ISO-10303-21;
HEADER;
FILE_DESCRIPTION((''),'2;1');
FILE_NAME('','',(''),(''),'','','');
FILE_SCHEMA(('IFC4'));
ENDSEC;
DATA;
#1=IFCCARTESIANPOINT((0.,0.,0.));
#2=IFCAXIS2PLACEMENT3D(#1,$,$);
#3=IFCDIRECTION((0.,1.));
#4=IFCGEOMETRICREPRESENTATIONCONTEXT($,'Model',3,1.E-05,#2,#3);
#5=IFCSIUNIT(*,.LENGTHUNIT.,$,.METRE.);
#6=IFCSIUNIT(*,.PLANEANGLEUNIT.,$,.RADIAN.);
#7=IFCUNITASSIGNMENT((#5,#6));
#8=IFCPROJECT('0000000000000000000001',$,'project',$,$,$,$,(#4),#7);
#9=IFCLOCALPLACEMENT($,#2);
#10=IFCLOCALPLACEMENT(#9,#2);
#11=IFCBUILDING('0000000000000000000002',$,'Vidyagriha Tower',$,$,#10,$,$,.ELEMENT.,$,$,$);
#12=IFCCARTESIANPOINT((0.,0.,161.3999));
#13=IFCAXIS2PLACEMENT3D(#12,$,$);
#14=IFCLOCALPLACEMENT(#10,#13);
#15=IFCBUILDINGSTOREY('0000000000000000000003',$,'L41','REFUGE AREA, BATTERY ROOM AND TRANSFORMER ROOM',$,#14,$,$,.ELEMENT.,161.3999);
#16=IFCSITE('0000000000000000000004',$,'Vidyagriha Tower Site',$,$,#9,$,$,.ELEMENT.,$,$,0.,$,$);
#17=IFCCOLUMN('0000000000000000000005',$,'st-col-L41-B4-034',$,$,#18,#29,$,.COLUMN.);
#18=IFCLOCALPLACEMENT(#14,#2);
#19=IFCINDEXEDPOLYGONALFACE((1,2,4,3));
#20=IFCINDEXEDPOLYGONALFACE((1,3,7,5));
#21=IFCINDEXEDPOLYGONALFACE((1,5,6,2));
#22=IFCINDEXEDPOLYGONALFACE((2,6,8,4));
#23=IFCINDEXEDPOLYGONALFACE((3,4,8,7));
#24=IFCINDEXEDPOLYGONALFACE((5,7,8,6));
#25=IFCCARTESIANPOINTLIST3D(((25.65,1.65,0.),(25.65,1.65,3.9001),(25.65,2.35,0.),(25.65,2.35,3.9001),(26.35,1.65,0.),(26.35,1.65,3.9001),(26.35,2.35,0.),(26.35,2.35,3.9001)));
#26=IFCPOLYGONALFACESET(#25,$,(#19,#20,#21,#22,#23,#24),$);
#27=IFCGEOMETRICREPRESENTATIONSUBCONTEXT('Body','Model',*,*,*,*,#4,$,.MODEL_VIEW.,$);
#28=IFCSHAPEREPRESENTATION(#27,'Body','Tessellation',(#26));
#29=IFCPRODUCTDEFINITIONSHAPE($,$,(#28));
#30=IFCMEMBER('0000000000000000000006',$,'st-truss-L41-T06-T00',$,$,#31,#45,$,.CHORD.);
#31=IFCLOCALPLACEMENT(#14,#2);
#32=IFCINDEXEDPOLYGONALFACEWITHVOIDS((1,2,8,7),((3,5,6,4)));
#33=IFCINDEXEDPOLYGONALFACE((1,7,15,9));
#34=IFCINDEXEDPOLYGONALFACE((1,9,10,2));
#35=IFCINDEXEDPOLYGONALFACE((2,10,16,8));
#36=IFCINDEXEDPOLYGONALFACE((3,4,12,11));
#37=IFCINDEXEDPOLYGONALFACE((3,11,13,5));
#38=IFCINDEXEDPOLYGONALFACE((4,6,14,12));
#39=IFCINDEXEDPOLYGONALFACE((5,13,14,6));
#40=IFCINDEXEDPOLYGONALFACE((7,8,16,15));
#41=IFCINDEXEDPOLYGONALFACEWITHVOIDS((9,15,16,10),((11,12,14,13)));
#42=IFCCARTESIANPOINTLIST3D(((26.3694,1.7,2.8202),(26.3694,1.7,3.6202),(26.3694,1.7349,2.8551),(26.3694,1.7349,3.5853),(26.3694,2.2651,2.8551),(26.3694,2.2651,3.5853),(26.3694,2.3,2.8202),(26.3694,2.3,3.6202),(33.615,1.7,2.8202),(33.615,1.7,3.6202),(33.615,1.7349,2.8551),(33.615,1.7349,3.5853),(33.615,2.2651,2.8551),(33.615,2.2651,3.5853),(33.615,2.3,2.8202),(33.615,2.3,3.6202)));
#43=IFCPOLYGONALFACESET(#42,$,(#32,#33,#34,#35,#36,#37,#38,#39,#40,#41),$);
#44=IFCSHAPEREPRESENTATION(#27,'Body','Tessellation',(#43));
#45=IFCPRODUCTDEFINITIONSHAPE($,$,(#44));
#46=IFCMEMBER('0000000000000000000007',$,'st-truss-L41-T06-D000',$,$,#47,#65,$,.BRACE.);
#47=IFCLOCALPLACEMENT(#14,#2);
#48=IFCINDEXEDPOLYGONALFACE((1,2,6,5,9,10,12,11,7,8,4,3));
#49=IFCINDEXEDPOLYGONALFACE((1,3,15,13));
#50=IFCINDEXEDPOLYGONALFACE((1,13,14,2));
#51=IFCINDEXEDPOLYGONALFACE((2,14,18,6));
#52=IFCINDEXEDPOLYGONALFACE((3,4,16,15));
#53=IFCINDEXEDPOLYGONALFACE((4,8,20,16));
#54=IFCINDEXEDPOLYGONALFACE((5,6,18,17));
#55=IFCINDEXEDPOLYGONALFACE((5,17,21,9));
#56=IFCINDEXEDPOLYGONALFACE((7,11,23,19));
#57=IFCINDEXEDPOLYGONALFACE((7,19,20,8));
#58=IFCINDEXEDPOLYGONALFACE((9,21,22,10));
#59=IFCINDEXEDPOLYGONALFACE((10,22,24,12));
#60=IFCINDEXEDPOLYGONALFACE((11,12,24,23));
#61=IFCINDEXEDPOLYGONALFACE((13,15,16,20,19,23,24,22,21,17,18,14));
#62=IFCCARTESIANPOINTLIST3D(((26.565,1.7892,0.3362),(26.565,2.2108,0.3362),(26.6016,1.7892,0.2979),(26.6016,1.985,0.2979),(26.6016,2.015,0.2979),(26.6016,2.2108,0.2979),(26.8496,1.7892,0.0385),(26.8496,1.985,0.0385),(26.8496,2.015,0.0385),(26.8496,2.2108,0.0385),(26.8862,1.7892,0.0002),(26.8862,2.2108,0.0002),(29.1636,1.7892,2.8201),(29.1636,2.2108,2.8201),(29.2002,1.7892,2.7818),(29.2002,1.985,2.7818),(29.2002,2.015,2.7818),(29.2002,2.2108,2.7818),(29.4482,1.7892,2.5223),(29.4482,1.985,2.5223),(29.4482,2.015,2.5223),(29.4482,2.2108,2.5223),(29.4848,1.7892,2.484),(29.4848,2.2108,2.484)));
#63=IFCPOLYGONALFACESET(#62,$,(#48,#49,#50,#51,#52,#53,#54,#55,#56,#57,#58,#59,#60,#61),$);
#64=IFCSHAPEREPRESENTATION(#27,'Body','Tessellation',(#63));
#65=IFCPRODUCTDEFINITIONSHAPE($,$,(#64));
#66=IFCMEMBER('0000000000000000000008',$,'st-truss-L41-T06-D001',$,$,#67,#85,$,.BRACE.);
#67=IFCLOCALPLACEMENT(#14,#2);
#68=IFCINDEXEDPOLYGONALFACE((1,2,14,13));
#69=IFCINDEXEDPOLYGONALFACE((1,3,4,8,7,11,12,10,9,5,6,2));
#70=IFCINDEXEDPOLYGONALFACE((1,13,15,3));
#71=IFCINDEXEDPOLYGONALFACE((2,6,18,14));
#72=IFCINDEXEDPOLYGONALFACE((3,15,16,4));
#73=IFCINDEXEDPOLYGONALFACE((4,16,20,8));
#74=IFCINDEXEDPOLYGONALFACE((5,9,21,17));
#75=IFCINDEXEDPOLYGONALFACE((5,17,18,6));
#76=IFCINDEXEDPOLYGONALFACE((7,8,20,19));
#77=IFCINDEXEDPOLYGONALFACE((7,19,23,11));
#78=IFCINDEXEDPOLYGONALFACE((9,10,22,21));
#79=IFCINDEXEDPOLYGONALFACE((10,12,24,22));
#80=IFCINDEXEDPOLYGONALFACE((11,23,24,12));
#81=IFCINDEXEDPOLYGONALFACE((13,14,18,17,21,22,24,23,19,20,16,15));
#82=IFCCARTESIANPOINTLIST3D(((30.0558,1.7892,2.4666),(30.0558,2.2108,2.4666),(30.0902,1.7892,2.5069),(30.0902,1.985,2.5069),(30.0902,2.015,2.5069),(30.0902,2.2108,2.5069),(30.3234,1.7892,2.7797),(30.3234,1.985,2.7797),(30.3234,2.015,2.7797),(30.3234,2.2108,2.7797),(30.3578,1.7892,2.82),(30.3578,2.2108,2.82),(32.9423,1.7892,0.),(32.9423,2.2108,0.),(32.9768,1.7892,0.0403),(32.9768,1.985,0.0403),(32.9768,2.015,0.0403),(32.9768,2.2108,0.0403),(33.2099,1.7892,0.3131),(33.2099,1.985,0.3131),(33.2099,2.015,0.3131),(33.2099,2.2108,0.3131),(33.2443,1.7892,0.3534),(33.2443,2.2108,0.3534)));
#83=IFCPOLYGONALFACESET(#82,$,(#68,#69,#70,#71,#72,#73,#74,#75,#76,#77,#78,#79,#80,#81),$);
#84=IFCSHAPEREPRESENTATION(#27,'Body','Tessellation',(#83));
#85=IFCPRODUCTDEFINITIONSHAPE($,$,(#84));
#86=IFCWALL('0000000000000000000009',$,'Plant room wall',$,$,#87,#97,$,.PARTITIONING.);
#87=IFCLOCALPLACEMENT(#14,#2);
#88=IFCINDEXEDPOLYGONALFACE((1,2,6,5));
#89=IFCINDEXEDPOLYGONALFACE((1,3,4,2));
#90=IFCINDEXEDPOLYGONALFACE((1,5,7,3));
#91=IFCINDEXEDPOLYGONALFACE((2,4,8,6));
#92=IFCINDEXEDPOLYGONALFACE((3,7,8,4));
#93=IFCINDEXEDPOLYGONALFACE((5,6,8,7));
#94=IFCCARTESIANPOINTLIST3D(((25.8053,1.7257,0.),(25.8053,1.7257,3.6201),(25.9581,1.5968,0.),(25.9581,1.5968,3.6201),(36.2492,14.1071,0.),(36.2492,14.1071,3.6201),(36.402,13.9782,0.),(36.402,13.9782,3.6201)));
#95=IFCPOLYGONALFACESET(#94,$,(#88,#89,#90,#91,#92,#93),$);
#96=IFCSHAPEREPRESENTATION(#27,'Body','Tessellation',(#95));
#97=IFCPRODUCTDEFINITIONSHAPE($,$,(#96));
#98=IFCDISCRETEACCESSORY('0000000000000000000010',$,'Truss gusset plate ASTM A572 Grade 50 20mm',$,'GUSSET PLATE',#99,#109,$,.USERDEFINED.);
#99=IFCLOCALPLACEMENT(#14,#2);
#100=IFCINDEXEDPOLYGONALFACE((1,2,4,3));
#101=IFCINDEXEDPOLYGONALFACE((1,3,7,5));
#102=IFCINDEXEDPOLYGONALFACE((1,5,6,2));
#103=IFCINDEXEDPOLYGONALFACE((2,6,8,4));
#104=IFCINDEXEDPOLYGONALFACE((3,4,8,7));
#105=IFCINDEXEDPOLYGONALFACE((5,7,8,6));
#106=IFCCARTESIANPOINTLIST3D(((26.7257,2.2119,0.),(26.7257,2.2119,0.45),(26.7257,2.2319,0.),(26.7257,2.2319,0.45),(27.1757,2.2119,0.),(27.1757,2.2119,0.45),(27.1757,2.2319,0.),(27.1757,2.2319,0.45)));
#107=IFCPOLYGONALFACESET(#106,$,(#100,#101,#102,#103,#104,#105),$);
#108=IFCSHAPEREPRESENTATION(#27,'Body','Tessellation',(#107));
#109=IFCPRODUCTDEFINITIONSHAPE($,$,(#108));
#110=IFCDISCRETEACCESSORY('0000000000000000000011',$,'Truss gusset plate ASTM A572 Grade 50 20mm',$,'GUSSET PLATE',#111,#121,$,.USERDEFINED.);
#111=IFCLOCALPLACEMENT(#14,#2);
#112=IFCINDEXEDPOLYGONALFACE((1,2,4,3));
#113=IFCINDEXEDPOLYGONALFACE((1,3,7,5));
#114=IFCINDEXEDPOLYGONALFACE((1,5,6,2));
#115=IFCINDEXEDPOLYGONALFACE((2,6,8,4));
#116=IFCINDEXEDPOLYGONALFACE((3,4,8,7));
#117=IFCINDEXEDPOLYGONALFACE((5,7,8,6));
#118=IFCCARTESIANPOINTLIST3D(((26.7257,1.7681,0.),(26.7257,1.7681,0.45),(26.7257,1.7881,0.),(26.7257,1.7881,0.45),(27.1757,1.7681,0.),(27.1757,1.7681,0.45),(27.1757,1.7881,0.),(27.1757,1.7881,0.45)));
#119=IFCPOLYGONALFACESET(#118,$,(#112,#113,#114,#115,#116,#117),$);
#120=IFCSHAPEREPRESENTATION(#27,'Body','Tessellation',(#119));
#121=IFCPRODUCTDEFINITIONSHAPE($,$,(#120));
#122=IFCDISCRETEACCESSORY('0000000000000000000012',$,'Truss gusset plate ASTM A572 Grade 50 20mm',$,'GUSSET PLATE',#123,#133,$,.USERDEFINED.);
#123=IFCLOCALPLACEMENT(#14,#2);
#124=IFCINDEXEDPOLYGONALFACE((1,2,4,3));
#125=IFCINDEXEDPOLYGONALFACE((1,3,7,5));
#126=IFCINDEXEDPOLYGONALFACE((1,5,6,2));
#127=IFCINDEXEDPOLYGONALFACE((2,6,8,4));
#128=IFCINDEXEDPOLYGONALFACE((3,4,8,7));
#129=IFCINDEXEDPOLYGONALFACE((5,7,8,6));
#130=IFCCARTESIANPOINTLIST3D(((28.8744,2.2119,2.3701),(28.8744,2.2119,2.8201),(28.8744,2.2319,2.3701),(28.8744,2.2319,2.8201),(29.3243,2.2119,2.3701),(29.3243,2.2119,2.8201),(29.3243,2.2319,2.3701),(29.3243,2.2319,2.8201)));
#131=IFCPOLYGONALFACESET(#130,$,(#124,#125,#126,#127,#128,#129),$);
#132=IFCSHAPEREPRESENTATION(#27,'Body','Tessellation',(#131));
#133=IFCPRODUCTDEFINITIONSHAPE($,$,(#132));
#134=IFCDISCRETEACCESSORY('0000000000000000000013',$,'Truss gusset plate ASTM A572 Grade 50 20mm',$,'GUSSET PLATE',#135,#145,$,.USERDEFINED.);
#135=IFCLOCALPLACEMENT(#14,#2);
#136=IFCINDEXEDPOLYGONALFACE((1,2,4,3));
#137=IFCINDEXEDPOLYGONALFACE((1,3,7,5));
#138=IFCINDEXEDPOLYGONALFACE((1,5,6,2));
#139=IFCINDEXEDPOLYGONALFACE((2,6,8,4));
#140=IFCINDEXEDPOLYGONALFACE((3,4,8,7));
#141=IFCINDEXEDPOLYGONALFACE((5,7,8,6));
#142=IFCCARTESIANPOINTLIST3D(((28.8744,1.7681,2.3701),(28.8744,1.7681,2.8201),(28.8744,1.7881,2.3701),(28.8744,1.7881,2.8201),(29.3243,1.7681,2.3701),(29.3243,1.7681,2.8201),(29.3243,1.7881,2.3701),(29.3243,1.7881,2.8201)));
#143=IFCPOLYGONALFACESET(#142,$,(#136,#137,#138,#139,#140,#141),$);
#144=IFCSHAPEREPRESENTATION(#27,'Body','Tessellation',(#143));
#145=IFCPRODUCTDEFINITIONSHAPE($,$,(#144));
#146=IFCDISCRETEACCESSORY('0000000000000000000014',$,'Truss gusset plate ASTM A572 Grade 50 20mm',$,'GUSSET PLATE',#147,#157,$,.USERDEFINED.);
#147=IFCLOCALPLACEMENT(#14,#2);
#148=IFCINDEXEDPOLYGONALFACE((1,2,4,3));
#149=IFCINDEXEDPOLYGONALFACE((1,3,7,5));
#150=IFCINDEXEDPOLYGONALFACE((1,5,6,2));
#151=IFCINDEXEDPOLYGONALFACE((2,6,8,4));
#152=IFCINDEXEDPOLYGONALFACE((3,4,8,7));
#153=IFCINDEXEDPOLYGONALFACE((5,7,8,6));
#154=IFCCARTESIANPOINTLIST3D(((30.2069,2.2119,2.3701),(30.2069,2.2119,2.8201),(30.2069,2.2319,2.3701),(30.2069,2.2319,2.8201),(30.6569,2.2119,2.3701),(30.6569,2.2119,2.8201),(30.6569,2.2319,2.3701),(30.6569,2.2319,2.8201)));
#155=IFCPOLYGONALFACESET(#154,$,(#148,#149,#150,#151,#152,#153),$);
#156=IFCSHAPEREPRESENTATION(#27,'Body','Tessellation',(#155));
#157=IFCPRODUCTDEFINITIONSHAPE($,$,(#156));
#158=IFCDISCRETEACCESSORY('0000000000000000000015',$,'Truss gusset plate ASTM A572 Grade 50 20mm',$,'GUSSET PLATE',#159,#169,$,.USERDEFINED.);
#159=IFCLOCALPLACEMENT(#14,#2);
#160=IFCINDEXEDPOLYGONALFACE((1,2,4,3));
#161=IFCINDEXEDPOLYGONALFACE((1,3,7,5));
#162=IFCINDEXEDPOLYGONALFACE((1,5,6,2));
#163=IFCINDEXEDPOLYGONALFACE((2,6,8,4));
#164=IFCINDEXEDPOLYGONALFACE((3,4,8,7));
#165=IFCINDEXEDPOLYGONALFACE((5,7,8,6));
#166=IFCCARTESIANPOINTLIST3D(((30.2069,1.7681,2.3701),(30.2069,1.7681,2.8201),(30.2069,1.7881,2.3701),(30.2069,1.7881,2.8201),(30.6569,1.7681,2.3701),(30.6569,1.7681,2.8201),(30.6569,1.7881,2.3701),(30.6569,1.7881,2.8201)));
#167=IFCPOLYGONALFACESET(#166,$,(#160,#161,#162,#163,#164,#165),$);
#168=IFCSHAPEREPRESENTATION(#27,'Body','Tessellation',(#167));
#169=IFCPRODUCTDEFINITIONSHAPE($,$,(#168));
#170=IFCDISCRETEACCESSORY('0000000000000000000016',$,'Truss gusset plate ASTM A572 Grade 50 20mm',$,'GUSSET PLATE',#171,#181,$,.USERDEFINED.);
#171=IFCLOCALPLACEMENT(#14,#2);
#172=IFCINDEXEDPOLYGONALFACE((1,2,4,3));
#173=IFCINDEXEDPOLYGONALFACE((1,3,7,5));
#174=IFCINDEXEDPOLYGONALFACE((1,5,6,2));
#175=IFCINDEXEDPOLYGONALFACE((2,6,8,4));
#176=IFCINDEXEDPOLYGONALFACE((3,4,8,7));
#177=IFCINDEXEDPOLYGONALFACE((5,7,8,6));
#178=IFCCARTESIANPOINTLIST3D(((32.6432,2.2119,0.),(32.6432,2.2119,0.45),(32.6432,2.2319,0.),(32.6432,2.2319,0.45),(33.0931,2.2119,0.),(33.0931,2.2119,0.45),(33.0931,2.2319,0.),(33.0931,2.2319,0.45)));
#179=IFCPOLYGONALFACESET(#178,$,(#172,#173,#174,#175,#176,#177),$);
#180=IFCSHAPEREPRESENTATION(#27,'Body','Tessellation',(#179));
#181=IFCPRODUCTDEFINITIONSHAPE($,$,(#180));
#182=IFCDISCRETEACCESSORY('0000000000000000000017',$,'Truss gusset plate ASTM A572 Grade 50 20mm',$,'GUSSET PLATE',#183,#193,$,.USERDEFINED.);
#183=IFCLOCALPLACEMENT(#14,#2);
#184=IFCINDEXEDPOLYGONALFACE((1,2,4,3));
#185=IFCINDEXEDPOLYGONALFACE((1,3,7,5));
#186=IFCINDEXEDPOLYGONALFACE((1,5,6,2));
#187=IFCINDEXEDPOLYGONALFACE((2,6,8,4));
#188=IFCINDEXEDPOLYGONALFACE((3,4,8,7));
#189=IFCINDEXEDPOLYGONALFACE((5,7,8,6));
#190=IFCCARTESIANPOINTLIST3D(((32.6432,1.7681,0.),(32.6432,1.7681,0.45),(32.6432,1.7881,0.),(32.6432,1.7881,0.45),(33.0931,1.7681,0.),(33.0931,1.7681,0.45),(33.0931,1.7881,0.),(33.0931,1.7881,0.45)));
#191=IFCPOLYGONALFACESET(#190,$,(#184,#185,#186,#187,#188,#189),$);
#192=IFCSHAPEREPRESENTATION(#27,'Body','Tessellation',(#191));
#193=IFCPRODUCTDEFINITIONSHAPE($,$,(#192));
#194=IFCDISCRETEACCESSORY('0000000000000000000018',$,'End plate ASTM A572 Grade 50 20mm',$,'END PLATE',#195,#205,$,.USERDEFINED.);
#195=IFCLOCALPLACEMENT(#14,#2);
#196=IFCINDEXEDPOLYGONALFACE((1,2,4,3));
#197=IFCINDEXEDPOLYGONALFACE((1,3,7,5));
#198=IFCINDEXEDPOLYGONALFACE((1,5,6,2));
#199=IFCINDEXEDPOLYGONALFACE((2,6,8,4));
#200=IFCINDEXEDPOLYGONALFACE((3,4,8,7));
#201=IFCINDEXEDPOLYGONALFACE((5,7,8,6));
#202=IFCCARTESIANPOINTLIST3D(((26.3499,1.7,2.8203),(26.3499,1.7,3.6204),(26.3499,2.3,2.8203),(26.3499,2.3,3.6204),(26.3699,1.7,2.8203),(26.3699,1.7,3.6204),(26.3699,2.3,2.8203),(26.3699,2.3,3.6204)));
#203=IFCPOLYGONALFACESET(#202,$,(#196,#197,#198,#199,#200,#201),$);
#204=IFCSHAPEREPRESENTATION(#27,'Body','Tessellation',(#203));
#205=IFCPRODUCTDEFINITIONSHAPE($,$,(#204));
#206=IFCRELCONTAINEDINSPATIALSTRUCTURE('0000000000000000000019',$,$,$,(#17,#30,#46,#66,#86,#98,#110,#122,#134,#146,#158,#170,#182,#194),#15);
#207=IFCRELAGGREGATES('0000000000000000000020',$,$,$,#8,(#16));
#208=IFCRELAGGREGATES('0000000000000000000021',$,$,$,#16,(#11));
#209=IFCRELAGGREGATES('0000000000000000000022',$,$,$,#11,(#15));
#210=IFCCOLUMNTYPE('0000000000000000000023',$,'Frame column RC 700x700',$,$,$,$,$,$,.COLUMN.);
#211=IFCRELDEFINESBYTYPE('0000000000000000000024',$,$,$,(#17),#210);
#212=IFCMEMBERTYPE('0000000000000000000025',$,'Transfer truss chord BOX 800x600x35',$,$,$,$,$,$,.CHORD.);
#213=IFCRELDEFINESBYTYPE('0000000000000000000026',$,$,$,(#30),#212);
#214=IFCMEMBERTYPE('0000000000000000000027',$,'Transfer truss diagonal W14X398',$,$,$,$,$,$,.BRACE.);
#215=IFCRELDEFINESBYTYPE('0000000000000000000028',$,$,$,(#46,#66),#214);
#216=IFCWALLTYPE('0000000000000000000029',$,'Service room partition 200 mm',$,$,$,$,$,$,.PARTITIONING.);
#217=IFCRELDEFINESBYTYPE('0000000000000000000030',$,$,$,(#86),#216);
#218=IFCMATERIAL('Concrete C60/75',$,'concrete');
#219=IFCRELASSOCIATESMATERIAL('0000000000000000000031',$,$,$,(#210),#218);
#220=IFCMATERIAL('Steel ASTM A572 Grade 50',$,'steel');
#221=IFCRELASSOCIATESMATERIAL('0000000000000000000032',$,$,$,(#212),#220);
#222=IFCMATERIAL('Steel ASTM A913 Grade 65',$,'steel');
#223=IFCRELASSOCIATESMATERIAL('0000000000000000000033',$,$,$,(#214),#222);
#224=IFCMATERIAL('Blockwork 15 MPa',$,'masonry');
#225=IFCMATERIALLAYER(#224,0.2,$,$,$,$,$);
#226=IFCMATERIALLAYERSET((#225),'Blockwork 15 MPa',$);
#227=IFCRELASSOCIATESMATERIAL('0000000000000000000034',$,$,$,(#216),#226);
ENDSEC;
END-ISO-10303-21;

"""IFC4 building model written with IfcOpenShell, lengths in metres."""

from ifc_helpers import new_model, si_unit, direction, frame, frame_2d, origin, origin_2d, place, context, subcontext, project, spatial, rectangle, hollow_rectangle, i_section, extrude, material, layer, layer_set, material_profile, profile_set, type_object, element, save


model = new_model("IFC4")

# Units and contexts
model_context = context("Model", 3, precision=1e-05, world=origin(), true_north=direction((0.0, 1.0)))
body_context = subcontext(model_context, "Body", "Model", "MODEL_VIEW")
ifc_project = project(units=[si_unit("LENGTHUNIT", "METRE"), si_unit("PLANEANGLEUNIT", "RADIAN")], contexts=[model_context])

# Site, building, storey
site_placement = place(None, origin())
site = spatial("IfcSite", under=ifc_project, at=site_placement, Name="Vidyagriha Tower Site", CompositionType="ELEMENT", RefElevation=0.0)
building_placement = place(site_placement, origin())
building = spatial("IfcBuilding", under=site, at=building_placement, Name="Vidyagriha Tower", CompositionType="ELEMENT")
storey_placement = place(building_placement, frame((0.0, 0.0, 161.3999)))
storey = spatial("IfcBuildingStorey", under=building, at=storey_placement, Name="L41", Description="REFUGE AREA, BATTERY ROOM AND TRANSFORMER ROOM", CompositionType="ELEMENT", Elevation=161.3999)

# Column
ifc_material_1 = material(Name="Concrete C60/75", Category="concrete")
ifc_material_profile_1 = material_profile(ifc_material_1, rectangle(XDim=0.7, YDim=0.7, at=origin_2d()), Name="RC 700x700")
ifc_profile_set_1 = profile_set([ifc_material_profile_1], Name="Concrete C60/75")
column_type = type_object("IfcColumnType", Name="Frame column RC 700x700", PredefinedType="COLUMN", material=ifc_profile_set_1)
column_placement = place(storey_placement, frame((26.0, 2.0, 0.0)))
element("IfcColumn", 1, at=column_placement, inside=storey, type_object=column_type, Name="st-col-L41-B4-034", PredefinedType="COLUMN", context=body_context, shape_type="SweptSolid", body=[
    extrude(rectangle(XDim=0.7, YDim=0.7, at=origin_2d()), origin(), (0.0, 0.0, 1.0), 3.9001),
])

# Members
ifc_material_2 = material(Name="Steel ASTM A572 Grade 50", Category="steel")
ifc_material_profile_2 = material_profile(ifc_material_2, hollow_rectangle(XDim=0.6001, YDim=0.8, WallThickness=0.0349, at=origin_2d()), Name="BOX 800x600x35")
ifc_profile_set_2 = profile_set([ifc_material_profile_2], Name="Steel ASTM A572 Grade 50")
member_type_1 = type_object("IfcMemberType", Name="Transfer truss chord BOX 800x600x35", PredefinedType="CHORD", material=ifc_profile_set_2)
member_1_placement = place(storey_placement, frame((26.3694, 2.0, 3.2202), z_axis=(1.0, 0.0, 0.0), x_axis=(0.0, 1.0, 0.0)))
element("IfcMember", 2, at=member_1_placement, inside=storey, type_object=member_type_1, Name="st-truss-L41-T06-T00", PredefinedType="CHORD", context=body_context, shape_type="SweptSolid", body=[
    extrude(hollow_rectangle(XDim=0.6001, YDim=0.8, WallThickness=0.0349, at=origin_2d()), origin(), (0.0, 0.0, 1.0), 7.2456),
])
ifc_material_3 = material(Name="Steel ASTM A913 Grade 65", Category="steel")
ifc_material_profile_3 = material_profile(ifc_material_3, i_section(OverallWidth=0.4216, OverallDepth=0.4648, WebThickness=0.03, FlangeThickness=0.053, at=origin_2d()), Name="W14X398")
ifc_profile_set_3 = profile_set([ifc_material_profile_3], Name="Steel ASTM A913 Grade 65")
member_type_2 = type_object("IfcMemberType", Name="Transfer truss diagonal W14X398", PredefinedType="BRACE", material=ifc_profile_set_3)
member_2_placement = place(storey_placement, frame((26.7256, 2.0, 0.1682), z_axis=(0.722887, 0.0, 0.690967), x_axis=(0.0, 1.0, 0.0)))
element("IfcMember", 3, at=member_2_placement, inside=storey, type_object=member_type_2, Name="st-truss-L41-T06-D000", PredefinedType="BRACE", context=body_context, shape_type="SweptSolid", body=[
    extrude(i_section(OverallWidth=0.4216, OverallDepth=0.4648, WebThickness=0.03, FlangeThickness=0.053, at=origin_2d()), origin(), (0.0, 0.0, 1.0), 3.5947),
])
member_3_placement = place(storey_placement, frame((30.2068, 2.0, 2.6433), z_axis=(0.760241, 0.0, -0.649642), x_axis=(0.0, 1.0, 0.0)))
element("IfcMember", 4, at=member_3_placement, inside=storey, type_object=member_type_2, Name="st-truss-L41-T06-D001", PredefinedType="BRACE", context=body_context, shape_type="SweptSolid", body=[
    extrude(i_section(OverallWidth=0.4216, OverallDepth=0.4648, WebThickness=0.03, FlangeThickness=0.053, at=origin_2d()), origin(), (0.0, 0.0, 1.0), 3.7969),
])

# Wall
ifc_material_4 = material(Name="Blockwork 15 MPa", Category="masonry")
ifc_layer = layer(ifc_material_4, 0.2)
ifc_layer_set = layer_set([ifc_layer], Name="Blockwork 15 MPa")
wall_type = type_object("IfcWallType", Name="Service room partition 200 mm", PredefinedType="PARTITIONING", material=ifc_layer_set)
wall_placement = place(storey_placement, frame((25.8816, 1.6611, 0.0), z_axis=(0.0, 0.0, 1.0), x_axis=(0.644766, 0.76438, 0.0)))
element("IfcWall", 5, at=wall_placement, inside=storey, type_object=wall_type, Name="Plant room wall", PredefinedType="PARTITIONING", context=body_context, shape_type="SweptSolid", body=[
    extrude(rectangle(XDim=16.198, YDim=0.2, at=frame_2d((8.0991, 0.0))), origin(), (0.0, 0.0, 1.0), 3.6201),
])

# Discrete accessories
for number, where, name in (
    (6, (26.9507, 2.2219, 0.0), "Truss gusset plate ASTM A572 Grade 50 20mm"),
    (7, (26.9507, 1.7781, 0.0), "Truss gusset plate ASTM A572 Grade 50 20mm"),
    (8, (29.0994, 2.2219, 2.3701), "Truss gusset plate ASTM A572 Grade 50 20mm"),
    (9, (29.0994, 1.7781, 2.3701), "Truss gusset plate ASTM A572 Grade 50 20mm"),
    (10, (30.4319, 2.2219, 2.3701), "Truss gusset plate ASTM A572 Grade 50 20mm"),
    (11, (30.4319, 1.7781, 2.3701), "Truss gusset plate ASTM A572 Grade 50 20mm"),
    (12, (32.8682, 2.2219, 0.0), "Truss gusset plate ASTM A572 Grade 50 20mm"),
    (13, (32.8682, 1.7781, 0.0), "Truss gusset plate ASTM A572 Grade 50 20mm"),
):
    element("IfcDiscreteAccessory", number, at=place(storey_placement, frame(where)), inside=storey, Name=name, ObjectType="GUSSET PLATE", PredefinedType="USERDEFINED", context=body_context, shape_type="SweptSolid", body=[
        extrude(rectangle(XDim=0.45, YDim=0.02, at=origin_2d()), origin(), (0.0, 0.0, 1.0), 0.45),
    ])
discrete_accessory_1_placement = place(storey_placement, frame((26.3599, 2.0, 2.8203), z_axis=(0.0, 0.0, 1.0), x_axis=(-1.0, 0.0, 0.0)))
element("IfcDiscreteAccessory", 14, at=discrete_accessory_1_placement, inside=storey, Name="End plate ASTM A572 Grade 50 20mm", ObjectType="END PLATE", PredefinedType="USERDEFINED", context=body_context, shape_type="SweptSolid", body=[
    extrude(rectangle(XDim=0.02, YDim=0.6001, at=origin_2d()), origin(), (0.0, 0.0, 1.0), 0.8),
])

save(model, "model.ifc")
